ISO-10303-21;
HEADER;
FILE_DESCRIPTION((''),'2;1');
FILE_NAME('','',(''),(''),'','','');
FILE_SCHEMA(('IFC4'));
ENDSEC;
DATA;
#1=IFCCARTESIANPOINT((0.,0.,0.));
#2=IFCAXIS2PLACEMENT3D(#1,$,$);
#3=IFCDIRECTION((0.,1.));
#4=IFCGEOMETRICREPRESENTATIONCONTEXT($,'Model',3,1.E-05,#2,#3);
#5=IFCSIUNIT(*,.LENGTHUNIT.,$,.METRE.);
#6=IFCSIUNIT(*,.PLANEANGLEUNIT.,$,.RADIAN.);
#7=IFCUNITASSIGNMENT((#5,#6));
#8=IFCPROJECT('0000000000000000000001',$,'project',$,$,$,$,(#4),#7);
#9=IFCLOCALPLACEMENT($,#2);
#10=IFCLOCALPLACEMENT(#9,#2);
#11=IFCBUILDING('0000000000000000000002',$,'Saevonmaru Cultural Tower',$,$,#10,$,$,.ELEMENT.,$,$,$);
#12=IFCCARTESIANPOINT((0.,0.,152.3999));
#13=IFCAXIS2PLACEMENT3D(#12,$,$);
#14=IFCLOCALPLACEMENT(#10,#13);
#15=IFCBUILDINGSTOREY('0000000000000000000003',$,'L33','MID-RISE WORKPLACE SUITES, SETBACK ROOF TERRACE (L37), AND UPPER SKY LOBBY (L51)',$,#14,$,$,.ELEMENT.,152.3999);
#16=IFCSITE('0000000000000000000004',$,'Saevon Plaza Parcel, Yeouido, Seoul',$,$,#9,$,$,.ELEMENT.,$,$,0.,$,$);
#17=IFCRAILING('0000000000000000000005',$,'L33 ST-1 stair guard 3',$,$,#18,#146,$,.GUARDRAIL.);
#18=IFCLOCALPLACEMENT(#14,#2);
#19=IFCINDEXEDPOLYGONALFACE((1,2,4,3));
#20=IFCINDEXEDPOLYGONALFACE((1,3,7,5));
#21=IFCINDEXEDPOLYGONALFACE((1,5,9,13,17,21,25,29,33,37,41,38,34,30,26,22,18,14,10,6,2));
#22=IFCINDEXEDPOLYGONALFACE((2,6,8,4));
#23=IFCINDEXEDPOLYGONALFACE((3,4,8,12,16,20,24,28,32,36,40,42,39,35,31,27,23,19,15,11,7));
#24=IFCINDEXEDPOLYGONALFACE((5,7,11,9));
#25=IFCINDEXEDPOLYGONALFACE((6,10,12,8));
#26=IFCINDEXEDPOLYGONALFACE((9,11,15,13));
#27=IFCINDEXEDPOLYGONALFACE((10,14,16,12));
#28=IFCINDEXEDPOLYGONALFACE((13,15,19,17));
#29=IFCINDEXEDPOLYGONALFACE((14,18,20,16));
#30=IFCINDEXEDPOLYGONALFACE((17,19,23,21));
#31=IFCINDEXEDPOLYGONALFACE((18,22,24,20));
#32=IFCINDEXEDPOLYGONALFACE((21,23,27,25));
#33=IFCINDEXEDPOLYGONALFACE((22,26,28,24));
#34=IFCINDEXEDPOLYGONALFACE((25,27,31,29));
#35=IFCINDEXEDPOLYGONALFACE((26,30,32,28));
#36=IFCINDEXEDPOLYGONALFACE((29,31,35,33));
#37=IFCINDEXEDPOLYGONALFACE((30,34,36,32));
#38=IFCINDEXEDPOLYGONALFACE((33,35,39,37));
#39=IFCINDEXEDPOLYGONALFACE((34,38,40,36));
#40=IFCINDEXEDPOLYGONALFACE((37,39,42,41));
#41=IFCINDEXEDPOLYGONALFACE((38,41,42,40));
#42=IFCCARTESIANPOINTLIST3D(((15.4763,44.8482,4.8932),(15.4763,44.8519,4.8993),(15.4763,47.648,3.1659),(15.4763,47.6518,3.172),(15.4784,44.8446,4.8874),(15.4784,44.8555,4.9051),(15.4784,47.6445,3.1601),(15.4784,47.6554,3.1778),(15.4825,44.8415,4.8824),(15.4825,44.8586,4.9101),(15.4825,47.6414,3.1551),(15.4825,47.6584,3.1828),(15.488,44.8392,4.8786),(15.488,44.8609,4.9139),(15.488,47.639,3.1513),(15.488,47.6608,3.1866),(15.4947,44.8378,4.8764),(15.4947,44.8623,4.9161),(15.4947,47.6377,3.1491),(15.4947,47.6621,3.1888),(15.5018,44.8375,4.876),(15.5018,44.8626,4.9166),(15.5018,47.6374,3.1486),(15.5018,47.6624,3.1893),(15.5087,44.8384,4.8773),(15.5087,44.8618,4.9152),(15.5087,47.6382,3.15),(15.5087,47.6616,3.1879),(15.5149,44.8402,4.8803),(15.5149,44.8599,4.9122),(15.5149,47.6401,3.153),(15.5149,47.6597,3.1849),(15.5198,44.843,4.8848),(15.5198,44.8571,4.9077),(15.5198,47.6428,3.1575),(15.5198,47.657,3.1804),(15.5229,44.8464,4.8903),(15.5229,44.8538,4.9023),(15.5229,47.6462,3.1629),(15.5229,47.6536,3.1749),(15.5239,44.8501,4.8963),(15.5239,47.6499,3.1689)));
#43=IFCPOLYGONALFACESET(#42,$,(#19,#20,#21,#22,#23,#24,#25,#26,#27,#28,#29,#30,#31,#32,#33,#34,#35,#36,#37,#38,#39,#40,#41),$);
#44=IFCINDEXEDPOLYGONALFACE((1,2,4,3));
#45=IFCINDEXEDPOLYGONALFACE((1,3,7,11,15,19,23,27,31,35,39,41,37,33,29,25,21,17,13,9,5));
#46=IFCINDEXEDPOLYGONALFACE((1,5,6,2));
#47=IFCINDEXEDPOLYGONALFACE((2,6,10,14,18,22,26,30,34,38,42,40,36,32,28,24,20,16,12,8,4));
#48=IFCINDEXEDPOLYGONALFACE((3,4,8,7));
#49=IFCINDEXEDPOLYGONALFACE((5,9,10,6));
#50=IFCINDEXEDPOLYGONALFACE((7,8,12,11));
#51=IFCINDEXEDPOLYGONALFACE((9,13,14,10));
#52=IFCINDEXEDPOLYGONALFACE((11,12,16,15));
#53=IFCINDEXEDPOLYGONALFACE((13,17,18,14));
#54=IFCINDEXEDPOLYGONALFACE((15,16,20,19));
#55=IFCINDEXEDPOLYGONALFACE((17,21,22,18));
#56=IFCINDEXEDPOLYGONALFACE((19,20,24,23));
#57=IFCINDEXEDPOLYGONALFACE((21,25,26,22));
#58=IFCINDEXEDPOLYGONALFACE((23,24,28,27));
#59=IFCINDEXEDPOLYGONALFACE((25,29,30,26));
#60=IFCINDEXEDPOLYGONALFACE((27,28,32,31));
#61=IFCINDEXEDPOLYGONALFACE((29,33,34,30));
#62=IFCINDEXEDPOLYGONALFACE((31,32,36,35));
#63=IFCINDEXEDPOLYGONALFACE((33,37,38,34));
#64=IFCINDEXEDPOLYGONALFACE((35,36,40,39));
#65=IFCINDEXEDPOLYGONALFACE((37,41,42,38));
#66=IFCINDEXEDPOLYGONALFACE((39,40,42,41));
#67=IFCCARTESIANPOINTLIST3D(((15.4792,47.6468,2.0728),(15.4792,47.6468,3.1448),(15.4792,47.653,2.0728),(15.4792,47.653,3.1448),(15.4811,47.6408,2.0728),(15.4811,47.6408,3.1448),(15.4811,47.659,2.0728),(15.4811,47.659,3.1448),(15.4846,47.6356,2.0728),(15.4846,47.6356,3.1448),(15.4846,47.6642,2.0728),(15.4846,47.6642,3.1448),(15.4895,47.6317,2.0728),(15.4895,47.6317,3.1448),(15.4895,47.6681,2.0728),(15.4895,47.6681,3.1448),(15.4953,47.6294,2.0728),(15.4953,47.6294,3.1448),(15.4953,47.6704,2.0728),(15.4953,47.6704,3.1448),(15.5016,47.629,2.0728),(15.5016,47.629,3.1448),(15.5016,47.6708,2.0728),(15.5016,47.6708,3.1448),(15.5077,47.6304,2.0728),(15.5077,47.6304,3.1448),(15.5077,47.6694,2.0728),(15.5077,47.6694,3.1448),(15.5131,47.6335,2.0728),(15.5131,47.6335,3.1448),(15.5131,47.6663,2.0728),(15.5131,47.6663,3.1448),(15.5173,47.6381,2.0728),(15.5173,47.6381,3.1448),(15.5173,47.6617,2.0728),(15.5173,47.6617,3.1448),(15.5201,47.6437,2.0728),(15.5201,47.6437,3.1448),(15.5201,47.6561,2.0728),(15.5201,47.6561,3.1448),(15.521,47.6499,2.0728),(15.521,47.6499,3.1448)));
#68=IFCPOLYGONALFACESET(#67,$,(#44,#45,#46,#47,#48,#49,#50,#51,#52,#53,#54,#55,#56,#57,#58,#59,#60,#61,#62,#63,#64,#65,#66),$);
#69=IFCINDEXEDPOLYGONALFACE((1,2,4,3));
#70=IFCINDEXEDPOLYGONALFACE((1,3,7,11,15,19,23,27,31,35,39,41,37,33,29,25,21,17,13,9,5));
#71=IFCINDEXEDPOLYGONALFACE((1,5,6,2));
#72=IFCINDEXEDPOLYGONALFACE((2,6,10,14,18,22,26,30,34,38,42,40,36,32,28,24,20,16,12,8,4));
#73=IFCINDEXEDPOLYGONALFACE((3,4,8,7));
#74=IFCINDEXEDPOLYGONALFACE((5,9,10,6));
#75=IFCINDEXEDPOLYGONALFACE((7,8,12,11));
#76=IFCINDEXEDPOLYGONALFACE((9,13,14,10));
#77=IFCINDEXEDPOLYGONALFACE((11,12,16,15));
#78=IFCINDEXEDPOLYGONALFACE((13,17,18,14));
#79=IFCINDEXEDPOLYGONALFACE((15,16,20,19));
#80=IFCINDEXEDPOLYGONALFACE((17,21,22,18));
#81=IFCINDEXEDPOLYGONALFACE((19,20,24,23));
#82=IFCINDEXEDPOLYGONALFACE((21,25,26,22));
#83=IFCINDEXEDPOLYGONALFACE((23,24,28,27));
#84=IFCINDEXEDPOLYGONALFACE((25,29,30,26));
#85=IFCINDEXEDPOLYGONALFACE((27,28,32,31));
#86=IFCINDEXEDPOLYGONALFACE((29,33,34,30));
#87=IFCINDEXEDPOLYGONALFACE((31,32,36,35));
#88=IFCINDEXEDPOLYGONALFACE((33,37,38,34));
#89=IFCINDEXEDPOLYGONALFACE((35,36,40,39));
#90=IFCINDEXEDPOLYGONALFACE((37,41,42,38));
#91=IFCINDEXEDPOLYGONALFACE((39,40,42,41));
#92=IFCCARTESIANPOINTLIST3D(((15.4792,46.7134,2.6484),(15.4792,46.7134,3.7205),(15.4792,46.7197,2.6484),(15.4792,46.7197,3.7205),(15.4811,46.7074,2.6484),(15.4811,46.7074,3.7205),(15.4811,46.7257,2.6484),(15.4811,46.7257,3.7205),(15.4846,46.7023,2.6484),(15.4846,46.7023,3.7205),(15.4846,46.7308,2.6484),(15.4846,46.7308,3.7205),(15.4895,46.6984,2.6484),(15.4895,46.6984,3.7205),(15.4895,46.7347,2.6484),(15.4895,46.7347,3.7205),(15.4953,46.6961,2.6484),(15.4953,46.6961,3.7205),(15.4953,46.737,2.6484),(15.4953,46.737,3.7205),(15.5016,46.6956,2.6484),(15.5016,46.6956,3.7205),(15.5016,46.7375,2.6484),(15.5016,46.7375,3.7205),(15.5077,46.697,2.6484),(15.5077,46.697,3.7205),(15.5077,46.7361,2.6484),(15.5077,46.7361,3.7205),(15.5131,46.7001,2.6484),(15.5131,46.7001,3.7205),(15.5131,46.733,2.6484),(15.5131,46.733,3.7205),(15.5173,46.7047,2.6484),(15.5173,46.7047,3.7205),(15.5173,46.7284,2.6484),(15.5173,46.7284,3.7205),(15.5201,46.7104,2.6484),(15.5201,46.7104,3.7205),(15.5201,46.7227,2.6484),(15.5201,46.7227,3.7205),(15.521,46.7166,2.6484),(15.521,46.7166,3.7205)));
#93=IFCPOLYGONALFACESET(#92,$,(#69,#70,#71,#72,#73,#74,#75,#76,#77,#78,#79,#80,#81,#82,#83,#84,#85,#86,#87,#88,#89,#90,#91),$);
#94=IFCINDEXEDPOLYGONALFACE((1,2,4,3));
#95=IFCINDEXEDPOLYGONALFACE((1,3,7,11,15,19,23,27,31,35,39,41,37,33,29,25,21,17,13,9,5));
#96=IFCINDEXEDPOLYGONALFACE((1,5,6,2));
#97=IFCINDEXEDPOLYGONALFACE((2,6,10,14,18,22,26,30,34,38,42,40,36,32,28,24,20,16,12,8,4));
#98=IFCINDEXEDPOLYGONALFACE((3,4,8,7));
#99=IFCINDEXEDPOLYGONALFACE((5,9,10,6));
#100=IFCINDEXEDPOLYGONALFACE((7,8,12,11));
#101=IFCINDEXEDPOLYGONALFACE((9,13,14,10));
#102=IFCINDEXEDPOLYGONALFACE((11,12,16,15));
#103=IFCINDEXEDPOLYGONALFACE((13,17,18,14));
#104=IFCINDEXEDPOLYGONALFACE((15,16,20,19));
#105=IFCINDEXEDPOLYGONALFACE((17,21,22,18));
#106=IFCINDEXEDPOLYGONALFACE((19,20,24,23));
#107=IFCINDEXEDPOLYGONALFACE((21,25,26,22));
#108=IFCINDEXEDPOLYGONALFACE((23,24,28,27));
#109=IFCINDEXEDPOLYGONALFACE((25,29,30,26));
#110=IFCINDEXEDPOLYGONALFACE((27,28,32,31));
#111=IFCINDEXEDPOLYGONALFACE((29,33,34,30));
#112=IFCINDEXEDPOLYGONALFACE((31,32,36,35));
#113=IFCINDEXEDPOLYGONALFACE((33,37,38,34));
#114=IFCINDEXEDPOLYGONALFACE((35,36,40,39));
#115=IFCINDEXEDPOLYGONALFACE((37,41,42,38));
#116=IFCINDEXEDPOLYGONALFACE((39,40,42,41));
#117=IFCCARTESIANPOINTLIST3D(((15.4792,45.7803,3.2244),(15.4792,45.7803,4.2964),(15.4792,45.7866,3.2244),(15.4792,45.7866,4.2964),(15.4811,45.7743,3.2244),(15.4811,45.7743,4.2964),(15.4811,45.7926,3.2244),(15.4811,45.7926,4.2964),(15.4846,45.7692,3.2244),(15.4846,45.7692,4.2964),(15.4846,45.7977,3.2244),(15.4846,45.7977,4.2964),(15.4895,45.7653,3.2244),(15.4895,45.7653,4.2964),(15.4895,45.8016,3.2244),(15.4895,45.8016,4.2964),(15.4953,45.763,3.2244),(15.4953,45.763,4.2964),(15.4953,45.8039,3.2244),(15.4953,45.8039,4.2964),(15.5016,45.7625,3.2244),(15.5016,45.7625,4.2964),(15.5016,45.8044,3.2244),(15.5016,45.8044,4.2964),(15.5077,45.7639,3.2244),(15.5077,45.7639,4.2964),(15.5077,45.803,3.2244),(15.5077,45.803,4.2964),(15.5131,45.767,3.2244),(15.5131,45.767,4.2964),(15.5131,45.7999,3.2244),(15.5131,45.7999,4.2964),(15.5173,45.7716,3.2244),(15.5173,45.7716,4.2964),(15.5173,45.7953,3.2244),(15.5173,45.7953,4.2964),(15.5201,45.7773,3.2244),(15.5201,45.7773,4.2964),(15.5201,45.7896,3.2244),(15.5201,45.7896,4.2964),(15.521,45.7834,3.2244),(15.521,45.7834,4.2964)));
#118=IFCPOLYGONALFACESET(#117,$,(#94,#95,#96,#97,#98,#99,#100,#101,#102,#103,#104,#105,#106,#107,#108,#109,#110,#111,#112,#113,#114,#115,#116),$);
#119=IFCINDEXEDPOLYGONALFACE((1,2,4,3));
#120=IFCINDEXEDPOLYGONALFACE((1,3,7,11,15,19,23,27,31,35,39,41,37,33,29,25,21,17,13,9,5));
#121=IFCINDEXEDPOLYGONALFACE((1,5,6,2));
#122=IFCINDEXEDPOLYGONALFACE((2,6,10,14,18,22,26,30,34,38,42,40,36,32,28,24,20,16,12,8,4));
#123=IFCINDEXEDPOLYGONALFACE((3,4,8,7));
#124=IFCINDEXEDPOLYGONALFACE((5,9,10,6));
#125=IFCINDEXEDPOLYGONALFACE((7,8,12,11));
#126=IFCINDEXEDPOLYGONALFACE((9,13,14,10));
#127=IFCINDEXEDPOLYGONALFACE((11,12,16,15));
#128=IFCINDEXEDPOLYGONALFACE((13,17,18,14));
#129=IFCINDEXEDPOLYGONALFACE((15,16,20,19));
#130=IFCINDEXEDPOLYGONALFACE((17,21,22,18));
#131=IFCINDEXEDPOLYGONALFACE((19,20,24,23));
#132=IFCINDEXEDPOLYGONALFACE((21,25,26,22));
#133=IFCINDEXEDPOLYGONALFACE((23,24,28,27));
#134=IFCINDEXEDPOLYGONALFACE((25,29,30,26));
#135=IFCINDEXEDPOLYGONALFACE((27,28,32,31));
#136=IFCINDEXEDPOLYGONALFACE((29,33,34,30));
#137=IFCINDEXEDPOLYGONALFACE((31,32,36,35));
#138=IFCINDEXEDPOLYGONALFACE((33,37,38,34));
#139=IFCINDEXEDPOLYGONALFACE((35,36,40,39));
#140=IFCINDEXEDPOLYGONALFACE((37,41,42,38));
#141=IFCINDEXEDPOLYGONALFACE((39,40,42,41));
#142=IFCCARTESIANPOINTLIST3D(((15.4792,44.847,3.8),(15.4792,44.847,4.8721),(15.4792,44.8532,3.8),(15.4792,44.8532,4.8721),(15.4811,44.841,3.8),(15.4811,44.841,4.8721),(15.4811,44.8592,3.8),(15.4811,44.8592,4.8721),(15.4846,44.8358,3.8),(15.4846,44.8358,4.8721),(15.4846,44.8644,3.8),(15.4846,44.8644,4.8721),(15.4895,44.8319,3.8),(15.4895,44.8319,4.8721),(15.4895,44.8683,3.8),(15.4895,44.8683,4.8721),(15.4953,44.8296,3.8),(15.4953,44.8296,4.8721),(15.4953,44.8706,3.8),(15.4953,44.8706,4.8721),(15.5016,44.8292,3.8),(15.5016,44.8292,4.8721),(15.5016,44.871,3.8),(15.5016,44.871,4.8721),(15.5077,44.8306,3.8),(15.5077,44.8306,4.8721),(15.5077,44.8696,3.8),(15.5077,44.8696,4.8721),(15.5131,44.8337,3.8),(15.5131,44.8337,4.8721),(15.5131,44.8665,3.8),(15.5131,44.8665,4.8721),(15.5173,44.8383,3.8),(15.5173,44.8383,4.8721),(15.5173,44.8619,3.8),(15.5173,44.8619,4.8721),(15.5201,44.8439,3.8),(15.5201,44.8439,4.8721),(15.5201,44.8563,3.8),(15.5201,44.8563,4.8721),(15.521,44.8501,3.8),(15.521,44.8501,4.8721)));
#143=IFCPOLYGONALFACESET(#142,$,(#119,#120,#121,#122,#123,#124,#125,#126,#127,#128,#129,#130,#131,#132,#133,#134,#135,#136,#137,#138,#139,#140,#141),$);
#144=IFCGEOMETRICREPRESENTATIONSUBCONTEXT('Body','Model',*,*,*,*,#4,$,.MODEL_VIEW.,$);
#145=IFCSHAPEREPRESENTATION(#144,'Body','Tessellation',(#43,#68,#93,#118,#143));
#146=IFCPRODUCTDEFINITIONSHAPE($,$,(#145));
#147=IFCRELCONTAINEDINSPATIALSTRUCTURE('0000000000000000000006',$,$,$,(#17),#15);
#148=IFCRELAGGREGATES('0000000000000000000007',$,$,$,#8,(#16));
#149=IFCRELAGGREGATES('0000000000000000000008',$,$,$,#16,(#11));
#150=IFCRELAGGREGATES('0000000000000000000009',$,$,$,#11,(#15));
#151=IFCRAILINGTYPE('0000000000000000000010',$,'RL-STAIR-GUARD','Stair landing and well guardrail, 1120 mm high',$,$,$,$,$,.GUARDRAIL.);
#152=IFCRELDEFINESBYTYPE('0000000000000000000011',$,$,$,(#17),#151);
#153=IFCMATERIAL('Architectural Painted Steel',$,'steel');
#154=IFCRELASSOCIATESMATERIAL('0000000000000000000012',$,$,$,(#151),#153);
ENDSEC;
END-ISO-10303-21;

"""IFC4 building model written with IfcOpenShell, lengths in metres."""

from ifc_helpers import new_model, si_unit, direction, frame, origin, origin_2d, place, context, subcontext, project, spatial, circle, extrude, material, type_object, element, save


model = new_model("IFC4")

# Units and contexts
model_context = context("Model", 3, precision=1e-05, world=origin(), true_north=direction((0.0, 1.0)))
body_context = subcontext(model_context, "Body", "Model", "MODEL_VIEW")
ifc_project = project(units=[si_unit("LENGTHUNIT", "METRE"), si_unit("PLANEANGLEUNIT", "RADIAN")], contexts=[model_context])

# Site, building, storey
site_placement = place(None, origin())
site = spatial("IfcSite", under=ifc_project, at=site_placement, Name="Saevon Plaza Parcel, Yeouido, Seoul", CompositionType="ELEMENT", RefElevation=0.0)
building_placement = place(site_placement, origin())
building = spatial("IfcBuilding", under=site, at=building_placement, Name="Saevonmaru Cultural Tower", CompositionType="ELEMENT")
storey_placement = place(building_placement, frame((0.0, 0.0, 152.3999)))
storey = spatial("IfcBuildingStorey", under=building, at=storey_placement, Name="L33", Description="MID-RISE WORKPLACE SUITES, SETBACK ROOF TERRACE (L37), AND UPPER SKY LOBBY (L51)", CompositionType="ELEMENT", Elevation=152.3999)

# Railing
ifc_material_1 = material(Name="Architectural Painted Steel", Category="steel")
railing_type_1 = type_object("IfcRailingType", Name="RL-STAIR-GUARD", Description="Stair landing and well guardrail, 1120 mm high", PredefinedType="GUARDRAIL", material=ifc_material_1)
railing_1_placement = place(storey_placement, frame((15.5, 47.6499, 2.0728)))
element("IfcRailing", 1, at=railing_1_placement, inside=storey, type_object=railing_type_1, Name="L33 ST-1 stair guard 3", PredefinedType="GUARDRAIL", context=body_context, shape_type="SweptSolid", body=[
    extrude(circle(Radius=0.0239, at=origin_2d()), frame((0.0, 0.0, 1.0962), z_axis=(0.0, -0.851069, 0.525054), x_axis=(1.0, 0.0, 0.0)), (0.0, 0.0, 1.0), 3.2898),
    extrude(circle(Radius=0.021, at=origin_2d()), origin(), (0.0, 0.0, 1.0), 1.072),
    extrude(circle(Radius=0.021, at=origin_2d()), frame((0.0, -0.9333, 0.5757)), (0.0, 0.0, 1.0), 1.072),
    extrude(circle(Radius=0.021, at=origin_2d()), frame((0.0, -1.8665, 1.1516)), (0.0, 0.0, 1.0), 1.072),
    extrude(circle(Radius=0.021, at=origin_2d()), frame((0.0, -2.7998, 1.7273)), (0.0, 0.0, 1.0), 1.072),
])

save(model, "model.ifc")
